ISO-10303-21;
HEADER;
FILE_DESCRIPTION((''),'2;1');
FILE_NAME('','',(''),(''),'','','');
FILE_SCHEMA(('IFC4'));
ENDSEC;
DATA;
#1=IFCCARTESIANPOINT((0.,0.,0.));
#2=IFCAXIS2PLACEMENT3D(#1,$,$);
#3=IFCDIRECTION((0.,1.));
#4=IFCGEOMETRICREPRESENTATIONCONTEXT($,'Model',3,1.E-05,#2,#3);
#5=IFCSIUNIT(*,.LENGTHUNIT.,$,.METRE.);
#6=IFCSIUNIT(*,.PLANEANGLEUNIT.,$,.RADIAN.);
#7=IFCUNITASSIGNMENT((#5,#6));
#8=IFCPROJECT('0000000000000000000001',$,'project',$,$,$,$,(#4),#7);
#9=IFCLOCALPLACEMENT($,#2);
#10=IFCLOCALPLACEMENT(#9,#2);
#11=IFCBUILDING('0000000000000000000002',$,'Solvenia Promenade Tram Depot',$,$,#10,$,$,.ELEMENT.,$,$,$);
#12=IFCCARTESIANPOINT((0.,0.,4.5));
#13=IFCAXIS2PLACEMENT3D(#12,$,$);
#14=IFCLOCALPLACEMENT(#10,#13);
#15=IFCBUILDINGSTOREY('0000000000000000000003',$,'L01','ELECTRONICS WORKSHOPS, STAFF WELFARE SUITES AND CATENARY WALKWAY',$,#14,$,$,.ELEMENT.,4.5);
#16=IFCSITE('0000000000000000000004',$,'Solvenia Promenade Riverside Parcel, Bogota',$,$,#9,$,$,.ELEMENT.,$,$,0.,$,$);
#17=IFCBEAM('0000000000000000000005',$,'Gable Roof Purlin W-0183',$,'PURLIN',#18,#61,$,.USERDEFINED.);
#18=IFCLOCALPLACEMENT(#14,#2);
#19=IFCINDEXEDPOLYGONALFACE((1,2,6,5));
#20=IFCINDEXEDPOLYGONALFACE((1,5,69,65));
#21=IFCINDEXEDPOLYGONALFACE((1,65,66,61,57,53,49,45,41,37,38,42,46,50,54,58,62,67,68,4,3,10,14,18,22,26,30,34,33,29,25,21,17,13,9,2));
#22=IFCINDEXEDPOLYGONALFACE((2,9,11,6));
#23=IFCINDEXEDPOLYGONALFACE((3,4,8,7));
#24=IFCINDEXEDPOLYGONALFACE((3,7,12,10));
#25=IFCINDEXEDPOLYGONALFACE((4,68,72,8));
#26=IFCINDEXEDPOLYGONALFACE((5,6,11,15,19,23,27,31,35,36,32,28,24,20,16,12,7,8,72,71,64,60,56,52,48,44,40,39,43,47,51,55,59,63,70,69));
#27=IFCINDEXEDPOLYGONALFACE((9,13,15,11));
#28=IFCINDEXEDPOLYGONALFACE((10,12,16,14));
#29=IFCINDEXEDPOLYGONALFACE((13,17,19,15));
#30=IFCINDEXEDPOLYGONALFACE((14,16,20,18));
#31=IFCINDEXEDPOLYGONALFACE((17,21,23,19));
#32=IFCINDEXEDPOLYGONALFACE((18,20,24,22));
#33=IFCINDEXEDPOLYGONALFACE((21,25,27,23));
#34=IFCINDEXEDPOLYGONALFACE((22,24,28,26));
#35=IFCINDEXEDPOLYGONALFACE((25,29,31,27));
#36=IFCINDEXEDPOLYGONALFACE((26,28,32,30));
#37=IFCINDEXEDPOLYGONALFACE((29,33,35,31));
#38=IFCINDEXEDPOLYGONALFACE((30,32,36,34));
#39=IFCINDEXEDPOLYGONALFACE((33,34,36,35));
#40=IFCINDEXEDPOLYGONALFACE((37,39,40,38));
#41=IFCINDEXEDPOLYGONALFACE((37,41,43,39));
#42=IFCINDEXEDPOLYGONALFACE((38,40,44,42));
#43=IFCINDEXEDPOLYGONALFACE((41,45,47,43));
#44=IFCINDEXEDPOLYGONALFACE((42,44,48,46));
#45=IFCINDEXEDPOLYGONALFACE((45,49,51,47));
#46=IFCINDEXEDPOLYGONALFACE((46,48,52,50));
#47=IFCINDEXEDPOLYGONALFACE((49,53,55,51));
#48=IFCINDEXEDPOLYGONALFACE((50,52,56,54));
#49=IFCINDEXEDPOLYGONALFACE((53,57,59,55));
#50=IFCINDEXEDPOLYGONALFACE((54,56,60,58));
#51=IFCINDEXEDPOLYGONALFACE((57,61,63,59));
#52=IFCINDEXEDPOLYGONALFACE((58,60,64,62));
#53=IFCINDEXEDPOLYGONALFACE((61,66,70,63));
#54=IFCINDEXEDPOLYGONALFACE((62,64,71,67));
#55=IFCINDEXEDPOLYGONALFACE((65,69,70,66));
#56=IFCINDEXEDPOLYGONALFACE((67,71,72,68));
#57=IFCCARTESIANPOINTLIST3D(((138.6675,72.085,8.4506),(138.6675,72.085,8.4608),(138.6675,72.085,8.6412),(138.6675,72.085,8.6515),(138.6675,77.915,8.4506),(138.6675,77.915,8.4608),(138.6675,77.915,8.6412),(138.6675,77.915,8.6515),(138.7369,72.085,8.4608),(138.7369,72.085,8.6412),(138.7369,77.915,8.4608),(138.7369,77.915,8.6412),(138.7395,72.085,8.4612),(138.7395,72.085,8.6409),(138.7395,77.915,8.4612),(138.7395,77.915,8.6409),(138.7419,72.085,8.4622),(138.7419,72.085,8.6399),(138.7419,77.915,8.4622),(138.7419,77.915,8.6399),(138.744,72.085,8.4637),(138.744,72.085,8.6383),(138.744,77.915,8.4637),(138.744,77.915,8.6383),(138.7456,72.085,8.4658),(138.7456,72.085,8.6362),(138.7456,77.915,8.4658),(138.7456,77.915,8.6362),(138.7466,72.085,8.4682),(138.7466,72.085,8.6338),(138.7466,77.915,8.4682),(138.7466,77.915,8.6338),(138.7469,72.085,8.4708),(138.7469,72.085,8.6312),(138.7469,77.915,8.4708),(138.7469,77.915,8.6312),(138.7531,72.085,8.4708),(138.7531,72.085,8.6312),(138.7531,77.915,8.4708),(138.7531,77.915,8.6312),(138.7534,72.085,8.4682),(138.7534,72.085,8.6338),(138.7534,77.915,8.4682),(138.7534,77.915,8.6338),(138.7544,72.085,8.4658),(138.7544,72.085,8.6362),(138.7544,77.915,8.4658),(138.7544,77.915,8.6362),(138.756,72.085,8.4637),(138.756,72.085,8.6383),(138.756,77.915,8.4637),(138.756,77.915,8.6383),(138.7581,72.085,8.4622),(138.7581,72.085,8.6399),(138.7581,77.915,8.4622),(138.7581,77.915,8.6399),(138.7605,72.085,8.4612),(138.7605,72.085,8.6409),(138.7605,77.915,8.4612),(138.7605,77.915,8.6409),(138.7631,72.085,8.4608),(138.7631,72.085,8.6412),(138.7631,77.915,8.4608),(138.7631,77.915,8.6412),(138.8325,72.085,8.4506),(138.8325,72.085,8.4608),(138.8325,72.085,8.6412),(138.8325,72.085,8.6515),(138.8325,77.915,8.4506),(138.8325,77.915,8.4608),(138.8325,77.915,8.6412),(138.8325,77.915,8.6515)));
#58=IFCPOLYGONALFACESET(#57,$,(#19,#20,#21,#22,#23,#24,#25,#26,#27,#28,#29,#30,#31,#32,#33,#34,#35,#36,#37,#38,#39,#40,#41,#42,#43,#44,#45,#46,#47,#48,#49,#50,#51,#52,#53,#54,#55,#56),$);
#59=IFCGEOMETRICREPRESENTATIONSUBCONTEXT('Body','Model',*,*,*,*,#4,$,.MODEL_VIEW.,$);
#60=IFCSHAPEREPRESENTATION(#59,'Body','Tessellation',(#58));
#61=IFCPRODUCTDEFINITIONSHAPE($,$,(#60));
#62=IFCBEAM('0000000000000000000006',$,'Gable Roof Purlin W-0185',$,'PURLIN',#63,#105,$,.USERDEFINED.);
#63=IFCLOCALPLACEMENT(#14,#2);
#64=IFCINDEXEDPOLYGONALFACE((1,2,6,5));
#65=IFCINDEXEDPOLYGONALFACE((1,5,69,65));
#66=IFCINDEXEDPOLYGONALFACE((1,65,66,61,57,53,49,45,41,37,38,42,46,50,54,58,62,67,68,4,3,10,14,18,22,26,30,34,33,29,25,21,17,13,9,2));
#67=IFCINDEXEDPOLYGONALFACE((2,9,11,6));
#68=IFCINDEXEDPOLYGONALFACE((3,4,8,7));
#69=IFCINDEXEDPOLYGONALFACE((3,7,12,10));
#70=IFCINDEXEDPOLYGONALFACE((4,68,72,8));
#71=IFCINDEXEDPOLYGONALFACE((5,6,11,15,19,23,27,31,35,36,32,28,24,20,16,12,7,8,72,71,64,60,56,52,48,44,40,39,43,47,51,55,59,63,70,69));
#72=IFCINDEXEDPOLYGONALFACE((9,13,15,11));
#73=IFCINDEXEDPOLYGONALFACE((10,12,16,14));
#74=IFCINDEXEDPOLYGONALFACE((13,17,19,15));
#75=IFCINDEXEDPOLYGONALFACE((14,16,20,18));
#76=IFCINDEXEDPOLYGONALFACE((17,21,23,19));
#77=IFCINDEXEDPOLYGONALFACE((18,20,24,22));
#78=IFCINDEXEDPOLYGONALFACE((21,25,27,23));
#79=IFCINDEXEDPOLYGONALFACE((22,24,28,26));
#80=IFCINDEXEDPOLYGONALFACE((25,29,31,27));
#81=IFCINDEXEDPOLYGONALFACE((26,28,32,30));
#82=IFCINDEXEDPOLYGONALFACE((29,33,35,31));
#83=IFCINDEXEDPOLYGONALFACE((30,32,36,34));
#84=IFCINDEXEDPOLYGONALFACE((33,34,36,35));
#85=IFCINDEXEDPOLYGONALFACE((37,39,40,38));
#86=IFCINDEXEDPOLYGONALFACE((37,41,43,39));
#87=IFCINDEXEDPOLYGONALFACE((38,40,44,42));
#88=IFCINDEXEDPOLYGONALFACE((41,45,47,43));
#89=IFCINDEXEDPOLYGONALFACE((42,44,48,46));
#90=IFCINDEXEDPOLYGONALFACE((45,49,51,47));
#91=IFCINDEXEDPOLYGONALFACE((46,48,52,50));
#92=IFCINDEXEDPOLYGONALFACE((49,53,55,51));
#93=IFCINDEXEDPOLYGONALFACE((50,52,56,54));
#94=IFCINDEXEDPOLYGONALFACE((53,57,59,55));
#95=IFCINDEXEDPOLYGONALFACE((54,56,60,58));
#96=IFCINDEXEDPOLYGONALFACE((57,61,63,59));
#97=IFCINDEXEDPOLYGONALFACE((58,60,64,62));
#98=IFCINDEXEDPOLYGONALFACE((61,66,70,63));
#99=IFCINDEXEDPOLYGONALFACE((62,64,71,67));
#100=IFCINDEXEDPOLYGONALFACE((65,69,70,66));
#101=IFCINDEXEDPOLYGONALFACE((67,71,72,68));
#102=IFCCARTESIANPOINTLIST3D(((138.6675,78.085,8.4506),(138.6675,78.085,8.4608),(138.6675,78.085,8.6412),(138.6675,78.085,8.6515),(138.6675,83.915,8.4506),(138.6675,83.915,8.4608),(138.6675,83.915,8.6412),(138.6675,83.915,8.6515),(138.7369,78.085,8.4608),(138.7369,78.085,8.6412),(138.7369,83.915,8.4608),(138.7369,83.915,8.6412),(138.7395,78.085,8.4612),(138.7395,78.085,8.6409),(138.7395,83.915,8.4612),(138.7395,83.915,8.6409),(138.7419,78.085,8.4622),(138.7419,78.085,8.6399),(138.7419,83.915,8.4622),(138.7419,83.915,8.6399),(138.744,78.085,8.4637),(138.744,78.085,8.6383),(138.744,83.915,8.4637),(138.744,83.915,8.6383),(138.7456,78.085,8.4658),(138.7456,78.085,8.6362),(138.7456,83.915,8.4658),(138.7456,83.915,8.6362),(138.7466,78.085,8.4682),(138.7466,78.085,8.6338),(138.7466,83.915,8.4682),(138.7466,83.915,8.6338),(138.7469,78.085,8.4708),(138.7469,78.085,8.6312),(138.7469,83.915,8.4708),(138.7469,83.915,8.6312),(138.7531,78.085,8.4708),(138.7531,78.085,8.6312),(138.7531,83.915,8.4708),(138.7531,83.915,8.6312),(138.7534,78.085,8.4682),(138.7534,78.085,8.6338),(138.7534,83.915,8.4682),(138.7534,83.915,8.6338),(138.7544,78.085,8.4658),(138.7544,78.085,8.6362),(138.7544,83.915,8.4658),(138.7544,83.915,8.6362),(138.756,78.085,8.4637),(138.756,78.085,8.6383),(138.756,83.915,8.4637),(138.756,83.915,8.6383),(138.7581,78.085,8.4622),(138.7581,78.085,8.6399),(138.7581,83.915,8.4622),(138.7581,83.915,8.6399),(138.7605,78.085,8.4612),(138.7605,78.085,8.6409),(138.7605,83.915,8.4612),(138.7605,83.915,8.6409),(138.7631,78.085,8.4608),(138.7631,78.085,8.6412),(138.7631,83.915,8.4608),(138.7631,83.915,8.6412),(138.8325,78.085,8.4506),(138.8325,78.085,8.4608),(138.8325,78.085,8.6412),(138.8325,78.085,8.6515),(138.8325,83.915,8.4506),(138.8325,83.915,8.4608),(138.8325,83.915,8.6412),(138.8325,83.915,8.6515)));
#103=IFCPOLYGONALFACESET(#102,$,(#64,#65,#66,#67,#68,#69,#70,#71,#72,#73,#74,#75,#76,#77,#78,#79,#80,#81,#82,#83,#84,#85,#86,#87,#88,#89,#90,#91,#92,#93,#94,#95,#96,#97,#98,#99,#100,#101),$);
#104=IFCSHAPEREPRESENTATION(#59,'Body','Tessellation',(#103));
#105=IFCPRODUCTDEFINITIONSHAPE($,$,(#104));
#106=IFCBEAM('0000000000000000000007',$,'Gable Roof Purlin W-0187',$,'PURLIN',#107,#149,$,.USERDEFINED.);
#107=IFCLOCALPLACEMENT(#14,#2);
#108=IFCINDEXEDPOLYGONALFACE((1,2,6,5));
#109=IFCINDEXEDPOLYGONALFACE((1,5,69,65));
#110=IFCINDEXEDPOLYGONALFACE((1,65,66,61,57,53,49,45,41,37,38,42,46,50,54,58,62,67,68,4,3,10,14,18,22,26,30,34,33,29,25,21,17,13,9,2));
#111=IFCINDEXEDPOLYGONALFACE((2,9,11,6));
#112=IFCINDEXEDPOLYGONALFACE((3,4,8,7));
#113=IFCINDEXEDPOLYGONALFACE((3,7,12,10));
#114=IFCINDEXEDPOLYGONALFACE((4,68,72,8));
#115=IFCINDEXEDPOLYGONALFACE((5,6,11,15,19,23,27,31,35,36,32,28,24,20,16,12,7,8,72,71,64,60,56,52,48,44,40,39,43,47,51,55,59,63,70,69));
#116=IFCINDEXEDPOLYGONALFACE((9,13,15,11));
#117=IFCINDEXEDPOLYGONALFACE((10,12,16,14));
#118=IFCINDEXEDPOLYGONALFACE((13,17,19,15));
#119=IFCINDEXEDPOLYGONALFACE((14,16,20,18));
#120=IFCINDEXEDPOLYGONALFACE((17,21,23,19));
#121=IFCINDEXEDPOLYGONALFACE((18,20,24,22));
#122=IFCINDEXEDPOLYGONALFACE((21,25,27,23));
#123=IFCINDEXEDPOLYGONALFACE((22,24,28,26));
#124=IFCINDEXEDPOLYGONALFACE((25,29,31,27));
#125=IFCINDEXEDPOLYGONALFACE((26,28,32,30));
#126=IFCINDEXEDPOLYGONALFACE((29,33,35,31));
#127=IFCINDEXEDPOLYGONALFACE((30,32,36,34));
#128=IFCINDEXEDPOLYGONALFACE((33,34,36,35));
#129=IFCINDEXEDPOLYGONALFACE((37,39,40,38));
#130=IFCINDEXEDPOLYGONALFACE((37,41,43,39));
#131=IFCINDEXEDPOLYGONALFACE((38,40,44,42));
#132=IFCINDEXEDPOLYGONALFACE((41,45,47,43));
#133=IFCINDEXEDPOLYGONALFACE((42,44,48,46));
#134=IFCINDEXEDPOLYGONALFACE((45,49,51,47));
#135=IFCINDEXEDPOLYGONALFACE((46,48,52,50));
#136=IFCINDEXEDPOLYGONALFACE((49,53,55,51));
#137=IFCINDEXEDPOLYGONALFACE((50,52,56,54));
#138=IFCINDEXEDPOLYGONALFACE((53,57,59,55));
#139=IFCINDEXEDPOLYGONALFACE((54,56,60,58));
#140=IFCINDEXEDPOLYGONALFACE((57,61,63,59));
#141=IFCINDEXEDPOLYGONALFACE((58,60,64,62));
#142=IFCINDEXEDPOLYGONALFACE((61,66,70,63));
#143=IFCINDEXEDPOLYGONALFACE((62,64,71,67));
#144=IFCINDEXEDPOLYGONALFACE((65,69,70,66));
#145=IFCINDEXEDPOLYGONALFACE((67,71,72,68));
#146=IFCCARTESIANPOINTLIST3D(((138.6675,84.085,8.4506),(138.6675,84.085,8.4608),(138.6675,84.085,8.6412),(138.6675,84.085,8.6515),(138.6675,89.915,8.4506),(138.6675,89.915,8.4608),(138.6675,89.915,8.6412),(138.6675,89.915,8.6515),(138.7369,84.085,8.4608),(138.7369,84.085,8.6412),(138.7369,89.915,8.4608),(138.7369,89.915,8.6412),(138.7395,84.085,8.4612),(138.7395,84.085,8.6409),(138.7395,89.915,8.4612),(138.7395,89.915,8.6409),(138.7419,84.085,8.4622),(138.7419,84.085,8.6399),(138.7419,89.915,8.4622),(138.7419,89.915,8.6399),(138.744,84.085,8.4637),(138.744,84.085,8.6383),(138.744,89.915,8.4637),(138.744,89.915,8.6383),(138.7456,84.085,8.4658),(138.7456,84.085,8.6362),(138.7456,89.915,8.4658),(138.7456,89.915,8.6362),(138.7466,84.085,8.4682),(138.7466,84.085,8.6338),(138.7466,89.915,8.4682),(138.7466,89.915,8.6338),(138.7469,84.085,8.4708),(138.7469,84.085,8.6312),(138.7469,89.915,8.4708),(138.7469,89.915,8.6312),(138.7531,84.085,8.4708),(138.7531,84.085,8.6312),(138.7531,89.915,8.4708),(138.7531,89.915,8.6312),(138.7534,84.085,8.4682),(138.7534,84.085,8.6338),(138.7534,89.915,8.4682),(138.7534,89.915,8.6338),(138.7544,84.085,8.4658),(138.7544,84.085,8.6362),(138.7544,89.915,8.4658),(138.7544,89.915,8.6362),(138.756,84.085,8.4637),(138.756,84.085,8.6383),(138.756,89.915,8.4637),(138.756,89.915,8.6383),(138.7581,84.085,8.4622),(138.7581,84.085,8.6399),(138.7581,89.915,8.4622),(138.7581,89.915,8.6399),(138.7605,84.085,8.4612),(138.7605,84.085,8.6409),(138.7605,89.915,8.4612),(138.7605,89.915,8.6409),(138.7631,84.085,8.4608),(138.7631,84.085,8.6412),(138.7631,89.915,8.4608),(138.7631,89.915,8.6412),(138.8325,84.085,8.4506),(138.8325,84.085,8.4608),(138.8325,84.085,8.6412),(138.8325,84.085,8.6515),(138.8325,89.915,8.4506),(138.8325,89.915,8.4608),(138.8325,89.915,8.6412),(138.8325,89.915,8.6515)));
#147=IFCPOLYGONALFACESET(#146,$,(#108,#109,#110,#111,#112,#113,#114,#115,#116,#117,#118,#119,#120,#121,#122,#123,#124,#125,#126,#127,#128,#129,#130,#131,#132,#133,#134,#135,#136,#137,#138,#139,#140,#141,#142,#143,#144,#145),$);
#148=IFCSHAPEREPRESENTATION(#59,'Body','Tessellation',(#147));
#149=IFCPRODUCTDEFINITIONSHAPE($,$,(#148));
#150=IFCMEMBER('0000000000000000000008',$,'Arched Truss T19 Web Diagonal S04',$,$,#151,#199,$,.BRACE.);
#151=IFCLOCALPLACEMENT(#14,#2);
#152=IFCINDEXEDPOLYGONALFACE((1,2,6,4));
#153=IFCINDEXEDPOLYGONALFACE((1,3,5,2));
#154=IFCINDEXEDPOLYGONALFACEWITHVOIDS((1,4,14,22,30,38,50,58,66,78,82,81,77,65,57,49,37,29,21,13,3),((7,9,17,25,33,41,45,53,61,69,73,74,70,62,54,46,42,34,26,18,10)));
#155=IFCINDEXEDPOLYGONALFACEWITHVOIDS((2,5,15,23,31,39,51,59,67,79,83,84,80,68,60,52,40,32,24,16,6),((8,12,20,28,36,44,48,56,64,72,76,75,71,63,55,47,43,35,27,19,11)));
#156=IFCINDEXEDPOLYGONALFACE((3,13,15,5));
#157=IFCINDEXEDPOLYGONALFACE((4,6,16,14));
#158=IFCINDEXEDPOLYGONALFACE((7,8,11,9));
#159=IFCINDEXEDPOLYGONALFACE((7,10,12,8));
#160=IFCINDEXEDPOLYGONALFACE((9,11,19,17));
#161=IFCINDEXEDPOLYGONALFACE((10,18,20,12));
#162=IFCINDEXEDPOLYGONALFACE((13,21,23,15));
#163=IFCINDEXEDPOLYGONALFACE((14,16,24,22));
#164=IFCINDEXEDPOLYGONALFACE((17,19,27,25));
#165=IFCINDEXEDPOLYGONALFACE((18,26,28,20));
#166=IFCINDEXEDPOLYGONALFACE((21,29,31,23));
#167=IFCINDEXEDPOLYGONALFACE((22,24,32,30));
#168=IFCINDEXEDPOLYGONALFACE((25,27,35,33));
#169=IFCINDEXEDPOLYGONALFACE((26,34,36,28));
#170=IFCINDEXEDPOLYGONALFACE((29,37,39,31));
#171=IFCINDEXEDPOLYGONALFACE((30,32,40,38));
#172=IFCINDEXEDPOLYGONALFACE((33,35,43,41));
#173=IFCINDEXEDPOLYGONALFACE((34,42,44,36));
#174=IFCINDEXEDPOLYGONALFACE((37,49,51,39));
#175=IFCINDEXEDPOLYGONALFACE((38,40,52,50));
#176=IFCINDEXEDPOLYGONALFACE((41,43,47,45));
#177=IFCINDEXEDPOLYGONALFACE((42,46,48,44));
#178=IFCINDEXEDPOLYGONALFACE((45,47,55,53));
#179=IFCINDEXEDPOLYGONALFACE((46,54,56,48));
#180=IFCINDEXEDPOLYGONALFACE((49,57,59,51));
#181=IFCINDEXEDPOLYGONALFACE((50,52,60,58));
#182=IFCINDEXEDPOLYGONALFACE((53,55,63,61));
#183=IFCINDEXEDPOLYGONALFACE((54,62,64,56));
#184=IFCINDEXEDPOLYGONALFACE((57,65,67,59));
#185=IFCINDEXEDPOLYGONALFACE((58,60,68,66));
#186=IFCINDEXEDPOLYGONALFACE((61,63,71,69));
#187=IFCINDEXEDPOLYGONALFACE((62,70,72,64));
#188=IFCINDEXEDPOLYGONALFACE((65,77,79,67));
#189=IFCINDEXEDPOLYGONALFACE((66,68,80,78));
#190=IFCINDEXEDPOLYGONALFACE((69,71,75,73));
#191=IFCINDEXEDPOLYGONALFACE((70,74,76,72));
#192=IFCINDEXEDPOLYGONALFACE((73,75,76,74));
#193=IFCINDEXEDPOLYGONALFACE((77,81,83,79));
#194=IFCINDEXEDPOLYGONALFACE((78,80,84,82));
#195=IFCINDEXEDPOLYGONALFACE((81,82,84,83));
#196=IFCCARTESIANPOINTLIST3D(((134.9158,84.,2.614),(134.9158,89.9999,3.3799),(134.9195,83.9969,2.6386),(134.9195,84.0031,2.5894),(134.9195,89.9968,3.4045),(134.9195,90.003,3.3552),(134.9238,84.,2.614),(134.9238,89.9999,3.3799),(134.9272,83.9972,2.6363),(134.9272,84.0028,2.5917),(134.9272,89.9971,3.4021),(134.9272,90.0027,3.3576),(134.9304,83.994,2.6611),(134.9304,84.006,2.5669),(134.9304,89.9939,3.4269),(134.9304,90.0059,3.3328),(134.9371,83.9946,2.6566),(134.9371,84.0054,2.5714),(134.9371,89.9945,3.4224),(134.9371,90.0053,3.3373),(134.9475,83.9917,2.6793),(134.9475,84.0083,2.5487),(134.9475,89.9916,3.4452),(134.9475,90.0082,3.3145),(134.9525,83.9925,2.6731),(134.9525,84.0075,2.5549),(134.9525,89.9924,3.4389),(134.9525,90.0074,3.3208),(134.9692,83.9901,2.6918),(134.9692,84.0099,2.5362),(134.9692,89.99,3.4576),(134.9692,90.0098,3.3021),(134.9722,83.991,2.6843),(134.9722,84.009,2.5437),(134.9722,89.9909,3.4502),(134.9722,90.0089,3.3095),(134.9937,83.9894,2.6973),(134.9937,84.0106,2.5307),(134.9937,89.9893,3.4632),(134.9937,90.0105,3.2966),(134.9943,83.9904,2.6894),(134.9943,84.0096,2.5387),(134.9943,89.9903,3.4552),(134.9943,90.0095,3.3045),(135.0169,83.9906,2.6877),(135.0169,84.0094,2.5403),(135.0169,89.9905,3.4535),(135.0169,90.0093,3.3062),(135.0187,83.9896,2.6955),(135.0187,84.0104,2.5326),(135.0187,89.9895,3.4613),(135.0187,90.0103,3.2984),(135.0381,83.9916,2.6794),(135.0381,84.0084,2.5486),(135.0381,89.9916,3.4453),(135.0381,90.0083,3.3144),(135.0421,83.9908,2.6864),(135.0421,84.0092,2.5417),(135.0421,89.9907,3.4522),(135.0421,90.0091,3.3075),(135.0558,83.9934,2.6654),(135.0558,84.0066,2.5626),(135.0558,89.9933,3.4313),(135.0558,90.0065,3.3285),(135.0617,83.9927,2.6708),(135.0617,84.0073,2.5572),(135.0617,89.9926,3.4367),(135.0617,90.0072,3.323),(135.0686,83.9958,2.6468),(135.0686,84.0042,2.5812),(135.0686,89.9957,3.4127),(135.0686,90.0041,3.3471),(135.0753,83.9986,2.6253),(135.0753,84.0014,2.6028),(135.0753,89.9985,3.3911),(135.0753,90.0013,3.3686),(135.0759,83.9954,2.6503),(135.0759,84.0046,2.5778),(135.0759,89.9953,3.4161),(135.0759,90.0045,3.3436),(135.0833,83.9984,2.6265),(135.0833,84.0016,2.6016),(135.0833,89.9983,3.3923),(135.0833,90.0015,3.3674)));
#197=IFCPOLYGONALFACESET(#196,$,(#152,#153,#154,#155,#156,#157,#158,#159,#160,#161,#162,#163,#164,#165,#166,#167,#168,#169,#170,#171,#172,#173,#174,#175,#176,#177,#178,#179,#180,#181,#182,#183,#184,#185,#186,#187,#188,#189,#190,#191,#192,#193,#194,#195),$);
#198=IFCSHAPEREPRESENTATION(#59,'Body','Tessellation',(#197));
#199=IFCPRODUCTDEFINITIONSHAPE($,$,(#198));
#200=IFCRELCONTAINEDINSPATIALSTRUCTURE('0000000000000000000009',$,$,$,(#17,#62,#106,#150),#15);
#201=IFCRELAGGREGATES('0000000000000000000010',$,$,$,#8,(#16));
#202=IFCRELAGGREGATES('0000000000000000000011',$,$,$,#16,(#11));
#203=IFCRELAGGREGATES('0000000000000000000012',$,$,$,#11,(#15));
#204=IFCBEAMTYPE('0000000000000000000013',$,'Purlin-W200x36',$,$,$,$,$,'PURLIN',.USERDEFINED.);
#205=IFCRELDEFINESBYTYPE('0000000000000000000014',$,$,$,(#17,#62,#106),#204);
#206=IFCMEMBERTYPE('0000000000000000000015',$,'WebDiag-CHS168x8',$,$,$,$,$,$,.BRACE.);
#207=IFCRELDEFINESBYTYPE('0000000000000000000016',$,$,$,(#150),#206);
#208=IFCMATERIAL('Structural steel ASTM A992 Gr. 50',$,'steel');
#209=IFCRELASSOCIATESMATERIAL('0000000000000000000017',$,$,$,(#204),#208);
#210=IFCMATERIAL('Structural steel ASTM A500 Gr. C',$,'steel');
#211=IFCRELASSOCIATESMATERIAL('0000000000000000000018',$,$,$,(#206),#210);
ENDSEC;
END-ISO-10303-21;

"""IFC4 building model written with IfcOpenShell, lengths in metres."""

from ifc_helpers import new_model, si_unit, direction, frame, origin, origin_2d, place, context, subcontext, project, spatial, hollow_circle, i_section, extrude, material, material_profile, profile_set, type_object, element, save


model = new_model("IFC4")

# Units and contexts
model_context = context("Model", 3, precision=1e-05, world=origin(), true_north=direction((0.0, 1.0)))
body_context = subcontext(model_context, "Body", "Model", "MODEL_VIEW")
ifc_project = project(units=[si_unit("LENGTHUNIT", "METRE"), si_unit("PLANEANGLEUNIT", "RADIAN")], contexts=[model_context])

# Site, building, storey
site_placement = place(None, origin())
site = spatial("IfcSite", under=ifc_project, at=site_placement, Name="Solvenia Promenade Riverside Parcel, Bogota", CompositionType="ELEMENT", RefElevation=0.0)
building_placement = place(site_placement, origin())
building = spatial("IfcBuilding", under=site, at=building_placement, Name="Solvenia Promenade Tram Depot", CompositionType="ELEMENT")
storey_placement = place(building_placement, frame((0.0, 0.0, 4.5)))
storey = spatial("IfcBuildingStorey", under=building, at=storey_placement, Name="L01", Description="ELECTRONICS WORKSHOPS, STAFF WELFARE SUITES AND CATENARY WALKWAY", CompositionType="ELEMENT", Elevation=4.5)

# Shared definitions
ifc_material_1 = material(Name="Structural steel ASTM A500 Gr. C", Category="steel")

# Beams
ifc_material_2 = material(Name="Structural steel ASTM A992 Gr. 50", Category="steel")
ifc_material_profile_1 = material_profile(ifc_material_2, i_section(OverallWidth=0.165, OverallDepth=0.2009, WebThickness=0.0061, FlangeThickness=0.0103, FilletRadius=0.01, at=origin_2d()), Name="W200x36", Category="steel")
ifc_profile_set_1 = profile_set([ifc_material_profile_1], Name="Structural steel ASTM A992 Gr. 50")
beam_type = type_object("IfcBeamType", Name="Purlin-W200x36", ElementType="PURLIN", PredefinedType="USERDEFINED", material=ifc_profile_set_1)
for number, where, z_axis, x_axis, name in (
    (1, (138.75, 72.085, 8.551), (0.0, 1.0, 0.0), (-1.0, 0.0, 0.0), "Gable Roof Purlin W-0183"),
    (2, (138.75, 78.085, 8.551), (0.0, 1.0, 0.0), (-1.0, 0.0, 0.0), "Gable Roof Purlin W-0185"),
    (3, (138.75, 84.085, 8.551), (0.0, 1.0, 0.0), (-1.0, 0.0, 0.0), "Gable Roof Purlin W-0187"),
):
    element("IfcBeam", number, at=place(storey_placement, frame(where, z_axis=z_axis, x_axis=x_axis)), inside=storey, type_object=beam_type, Name=name, ObjectType="PURLIN", PredefinedType="USERDEFINED", context=body_context, shape_type="SweptSolid", body=[
        extrude(i_section(OverallWidth=0.165, OverallDepth=0.2009, WebThickness=0.0061, FlangeThickness=0.0103, FilletRadius=0.01, at=origin_2d()), origin(), (0.0, 0.0, 1.0), 5.8301),
    ])

# Member
ifc_material_profile_2 = material_profile(ifc_material_1, hollow_circle(Radius=0.0842, WallThickness=0.0081, at=origin_2d()), Name="CHS168.3x8", Category="steel")
ifc_profile_set_2 = profile_set([ifc_material_profile_2], Name="Structural steel ASTM A500 Gr. C")
member_type_1 = type_object("IfcMemberType", Name="WebDiag-CHS168x8", PredefinedType="BRACE", material=ifc_profile_set_2)
member_1_placement = place(storey_placement, frame((135.0, 84.0, 2.614), z_axis=(0.0, 0.991952, 0.126618), x_axis=(-1.0, 0.0, 0.0)))
element("IfcMember", 4, at=member_1_placement, inside=storey, type_object=member_type_1, Name="Arched Truss T19 Web Diagonal S04", PredefinedType="BRACE", context=body_context, shape_type="SweptSolid", body=[
    extrude(hollow_circle(Radius=0.0842, WallThickness=0.0081, at=origin_2d()), origin(), (0.0, 0.0, 1.0), 6.0486),
])

save(model, "model.ifc")
